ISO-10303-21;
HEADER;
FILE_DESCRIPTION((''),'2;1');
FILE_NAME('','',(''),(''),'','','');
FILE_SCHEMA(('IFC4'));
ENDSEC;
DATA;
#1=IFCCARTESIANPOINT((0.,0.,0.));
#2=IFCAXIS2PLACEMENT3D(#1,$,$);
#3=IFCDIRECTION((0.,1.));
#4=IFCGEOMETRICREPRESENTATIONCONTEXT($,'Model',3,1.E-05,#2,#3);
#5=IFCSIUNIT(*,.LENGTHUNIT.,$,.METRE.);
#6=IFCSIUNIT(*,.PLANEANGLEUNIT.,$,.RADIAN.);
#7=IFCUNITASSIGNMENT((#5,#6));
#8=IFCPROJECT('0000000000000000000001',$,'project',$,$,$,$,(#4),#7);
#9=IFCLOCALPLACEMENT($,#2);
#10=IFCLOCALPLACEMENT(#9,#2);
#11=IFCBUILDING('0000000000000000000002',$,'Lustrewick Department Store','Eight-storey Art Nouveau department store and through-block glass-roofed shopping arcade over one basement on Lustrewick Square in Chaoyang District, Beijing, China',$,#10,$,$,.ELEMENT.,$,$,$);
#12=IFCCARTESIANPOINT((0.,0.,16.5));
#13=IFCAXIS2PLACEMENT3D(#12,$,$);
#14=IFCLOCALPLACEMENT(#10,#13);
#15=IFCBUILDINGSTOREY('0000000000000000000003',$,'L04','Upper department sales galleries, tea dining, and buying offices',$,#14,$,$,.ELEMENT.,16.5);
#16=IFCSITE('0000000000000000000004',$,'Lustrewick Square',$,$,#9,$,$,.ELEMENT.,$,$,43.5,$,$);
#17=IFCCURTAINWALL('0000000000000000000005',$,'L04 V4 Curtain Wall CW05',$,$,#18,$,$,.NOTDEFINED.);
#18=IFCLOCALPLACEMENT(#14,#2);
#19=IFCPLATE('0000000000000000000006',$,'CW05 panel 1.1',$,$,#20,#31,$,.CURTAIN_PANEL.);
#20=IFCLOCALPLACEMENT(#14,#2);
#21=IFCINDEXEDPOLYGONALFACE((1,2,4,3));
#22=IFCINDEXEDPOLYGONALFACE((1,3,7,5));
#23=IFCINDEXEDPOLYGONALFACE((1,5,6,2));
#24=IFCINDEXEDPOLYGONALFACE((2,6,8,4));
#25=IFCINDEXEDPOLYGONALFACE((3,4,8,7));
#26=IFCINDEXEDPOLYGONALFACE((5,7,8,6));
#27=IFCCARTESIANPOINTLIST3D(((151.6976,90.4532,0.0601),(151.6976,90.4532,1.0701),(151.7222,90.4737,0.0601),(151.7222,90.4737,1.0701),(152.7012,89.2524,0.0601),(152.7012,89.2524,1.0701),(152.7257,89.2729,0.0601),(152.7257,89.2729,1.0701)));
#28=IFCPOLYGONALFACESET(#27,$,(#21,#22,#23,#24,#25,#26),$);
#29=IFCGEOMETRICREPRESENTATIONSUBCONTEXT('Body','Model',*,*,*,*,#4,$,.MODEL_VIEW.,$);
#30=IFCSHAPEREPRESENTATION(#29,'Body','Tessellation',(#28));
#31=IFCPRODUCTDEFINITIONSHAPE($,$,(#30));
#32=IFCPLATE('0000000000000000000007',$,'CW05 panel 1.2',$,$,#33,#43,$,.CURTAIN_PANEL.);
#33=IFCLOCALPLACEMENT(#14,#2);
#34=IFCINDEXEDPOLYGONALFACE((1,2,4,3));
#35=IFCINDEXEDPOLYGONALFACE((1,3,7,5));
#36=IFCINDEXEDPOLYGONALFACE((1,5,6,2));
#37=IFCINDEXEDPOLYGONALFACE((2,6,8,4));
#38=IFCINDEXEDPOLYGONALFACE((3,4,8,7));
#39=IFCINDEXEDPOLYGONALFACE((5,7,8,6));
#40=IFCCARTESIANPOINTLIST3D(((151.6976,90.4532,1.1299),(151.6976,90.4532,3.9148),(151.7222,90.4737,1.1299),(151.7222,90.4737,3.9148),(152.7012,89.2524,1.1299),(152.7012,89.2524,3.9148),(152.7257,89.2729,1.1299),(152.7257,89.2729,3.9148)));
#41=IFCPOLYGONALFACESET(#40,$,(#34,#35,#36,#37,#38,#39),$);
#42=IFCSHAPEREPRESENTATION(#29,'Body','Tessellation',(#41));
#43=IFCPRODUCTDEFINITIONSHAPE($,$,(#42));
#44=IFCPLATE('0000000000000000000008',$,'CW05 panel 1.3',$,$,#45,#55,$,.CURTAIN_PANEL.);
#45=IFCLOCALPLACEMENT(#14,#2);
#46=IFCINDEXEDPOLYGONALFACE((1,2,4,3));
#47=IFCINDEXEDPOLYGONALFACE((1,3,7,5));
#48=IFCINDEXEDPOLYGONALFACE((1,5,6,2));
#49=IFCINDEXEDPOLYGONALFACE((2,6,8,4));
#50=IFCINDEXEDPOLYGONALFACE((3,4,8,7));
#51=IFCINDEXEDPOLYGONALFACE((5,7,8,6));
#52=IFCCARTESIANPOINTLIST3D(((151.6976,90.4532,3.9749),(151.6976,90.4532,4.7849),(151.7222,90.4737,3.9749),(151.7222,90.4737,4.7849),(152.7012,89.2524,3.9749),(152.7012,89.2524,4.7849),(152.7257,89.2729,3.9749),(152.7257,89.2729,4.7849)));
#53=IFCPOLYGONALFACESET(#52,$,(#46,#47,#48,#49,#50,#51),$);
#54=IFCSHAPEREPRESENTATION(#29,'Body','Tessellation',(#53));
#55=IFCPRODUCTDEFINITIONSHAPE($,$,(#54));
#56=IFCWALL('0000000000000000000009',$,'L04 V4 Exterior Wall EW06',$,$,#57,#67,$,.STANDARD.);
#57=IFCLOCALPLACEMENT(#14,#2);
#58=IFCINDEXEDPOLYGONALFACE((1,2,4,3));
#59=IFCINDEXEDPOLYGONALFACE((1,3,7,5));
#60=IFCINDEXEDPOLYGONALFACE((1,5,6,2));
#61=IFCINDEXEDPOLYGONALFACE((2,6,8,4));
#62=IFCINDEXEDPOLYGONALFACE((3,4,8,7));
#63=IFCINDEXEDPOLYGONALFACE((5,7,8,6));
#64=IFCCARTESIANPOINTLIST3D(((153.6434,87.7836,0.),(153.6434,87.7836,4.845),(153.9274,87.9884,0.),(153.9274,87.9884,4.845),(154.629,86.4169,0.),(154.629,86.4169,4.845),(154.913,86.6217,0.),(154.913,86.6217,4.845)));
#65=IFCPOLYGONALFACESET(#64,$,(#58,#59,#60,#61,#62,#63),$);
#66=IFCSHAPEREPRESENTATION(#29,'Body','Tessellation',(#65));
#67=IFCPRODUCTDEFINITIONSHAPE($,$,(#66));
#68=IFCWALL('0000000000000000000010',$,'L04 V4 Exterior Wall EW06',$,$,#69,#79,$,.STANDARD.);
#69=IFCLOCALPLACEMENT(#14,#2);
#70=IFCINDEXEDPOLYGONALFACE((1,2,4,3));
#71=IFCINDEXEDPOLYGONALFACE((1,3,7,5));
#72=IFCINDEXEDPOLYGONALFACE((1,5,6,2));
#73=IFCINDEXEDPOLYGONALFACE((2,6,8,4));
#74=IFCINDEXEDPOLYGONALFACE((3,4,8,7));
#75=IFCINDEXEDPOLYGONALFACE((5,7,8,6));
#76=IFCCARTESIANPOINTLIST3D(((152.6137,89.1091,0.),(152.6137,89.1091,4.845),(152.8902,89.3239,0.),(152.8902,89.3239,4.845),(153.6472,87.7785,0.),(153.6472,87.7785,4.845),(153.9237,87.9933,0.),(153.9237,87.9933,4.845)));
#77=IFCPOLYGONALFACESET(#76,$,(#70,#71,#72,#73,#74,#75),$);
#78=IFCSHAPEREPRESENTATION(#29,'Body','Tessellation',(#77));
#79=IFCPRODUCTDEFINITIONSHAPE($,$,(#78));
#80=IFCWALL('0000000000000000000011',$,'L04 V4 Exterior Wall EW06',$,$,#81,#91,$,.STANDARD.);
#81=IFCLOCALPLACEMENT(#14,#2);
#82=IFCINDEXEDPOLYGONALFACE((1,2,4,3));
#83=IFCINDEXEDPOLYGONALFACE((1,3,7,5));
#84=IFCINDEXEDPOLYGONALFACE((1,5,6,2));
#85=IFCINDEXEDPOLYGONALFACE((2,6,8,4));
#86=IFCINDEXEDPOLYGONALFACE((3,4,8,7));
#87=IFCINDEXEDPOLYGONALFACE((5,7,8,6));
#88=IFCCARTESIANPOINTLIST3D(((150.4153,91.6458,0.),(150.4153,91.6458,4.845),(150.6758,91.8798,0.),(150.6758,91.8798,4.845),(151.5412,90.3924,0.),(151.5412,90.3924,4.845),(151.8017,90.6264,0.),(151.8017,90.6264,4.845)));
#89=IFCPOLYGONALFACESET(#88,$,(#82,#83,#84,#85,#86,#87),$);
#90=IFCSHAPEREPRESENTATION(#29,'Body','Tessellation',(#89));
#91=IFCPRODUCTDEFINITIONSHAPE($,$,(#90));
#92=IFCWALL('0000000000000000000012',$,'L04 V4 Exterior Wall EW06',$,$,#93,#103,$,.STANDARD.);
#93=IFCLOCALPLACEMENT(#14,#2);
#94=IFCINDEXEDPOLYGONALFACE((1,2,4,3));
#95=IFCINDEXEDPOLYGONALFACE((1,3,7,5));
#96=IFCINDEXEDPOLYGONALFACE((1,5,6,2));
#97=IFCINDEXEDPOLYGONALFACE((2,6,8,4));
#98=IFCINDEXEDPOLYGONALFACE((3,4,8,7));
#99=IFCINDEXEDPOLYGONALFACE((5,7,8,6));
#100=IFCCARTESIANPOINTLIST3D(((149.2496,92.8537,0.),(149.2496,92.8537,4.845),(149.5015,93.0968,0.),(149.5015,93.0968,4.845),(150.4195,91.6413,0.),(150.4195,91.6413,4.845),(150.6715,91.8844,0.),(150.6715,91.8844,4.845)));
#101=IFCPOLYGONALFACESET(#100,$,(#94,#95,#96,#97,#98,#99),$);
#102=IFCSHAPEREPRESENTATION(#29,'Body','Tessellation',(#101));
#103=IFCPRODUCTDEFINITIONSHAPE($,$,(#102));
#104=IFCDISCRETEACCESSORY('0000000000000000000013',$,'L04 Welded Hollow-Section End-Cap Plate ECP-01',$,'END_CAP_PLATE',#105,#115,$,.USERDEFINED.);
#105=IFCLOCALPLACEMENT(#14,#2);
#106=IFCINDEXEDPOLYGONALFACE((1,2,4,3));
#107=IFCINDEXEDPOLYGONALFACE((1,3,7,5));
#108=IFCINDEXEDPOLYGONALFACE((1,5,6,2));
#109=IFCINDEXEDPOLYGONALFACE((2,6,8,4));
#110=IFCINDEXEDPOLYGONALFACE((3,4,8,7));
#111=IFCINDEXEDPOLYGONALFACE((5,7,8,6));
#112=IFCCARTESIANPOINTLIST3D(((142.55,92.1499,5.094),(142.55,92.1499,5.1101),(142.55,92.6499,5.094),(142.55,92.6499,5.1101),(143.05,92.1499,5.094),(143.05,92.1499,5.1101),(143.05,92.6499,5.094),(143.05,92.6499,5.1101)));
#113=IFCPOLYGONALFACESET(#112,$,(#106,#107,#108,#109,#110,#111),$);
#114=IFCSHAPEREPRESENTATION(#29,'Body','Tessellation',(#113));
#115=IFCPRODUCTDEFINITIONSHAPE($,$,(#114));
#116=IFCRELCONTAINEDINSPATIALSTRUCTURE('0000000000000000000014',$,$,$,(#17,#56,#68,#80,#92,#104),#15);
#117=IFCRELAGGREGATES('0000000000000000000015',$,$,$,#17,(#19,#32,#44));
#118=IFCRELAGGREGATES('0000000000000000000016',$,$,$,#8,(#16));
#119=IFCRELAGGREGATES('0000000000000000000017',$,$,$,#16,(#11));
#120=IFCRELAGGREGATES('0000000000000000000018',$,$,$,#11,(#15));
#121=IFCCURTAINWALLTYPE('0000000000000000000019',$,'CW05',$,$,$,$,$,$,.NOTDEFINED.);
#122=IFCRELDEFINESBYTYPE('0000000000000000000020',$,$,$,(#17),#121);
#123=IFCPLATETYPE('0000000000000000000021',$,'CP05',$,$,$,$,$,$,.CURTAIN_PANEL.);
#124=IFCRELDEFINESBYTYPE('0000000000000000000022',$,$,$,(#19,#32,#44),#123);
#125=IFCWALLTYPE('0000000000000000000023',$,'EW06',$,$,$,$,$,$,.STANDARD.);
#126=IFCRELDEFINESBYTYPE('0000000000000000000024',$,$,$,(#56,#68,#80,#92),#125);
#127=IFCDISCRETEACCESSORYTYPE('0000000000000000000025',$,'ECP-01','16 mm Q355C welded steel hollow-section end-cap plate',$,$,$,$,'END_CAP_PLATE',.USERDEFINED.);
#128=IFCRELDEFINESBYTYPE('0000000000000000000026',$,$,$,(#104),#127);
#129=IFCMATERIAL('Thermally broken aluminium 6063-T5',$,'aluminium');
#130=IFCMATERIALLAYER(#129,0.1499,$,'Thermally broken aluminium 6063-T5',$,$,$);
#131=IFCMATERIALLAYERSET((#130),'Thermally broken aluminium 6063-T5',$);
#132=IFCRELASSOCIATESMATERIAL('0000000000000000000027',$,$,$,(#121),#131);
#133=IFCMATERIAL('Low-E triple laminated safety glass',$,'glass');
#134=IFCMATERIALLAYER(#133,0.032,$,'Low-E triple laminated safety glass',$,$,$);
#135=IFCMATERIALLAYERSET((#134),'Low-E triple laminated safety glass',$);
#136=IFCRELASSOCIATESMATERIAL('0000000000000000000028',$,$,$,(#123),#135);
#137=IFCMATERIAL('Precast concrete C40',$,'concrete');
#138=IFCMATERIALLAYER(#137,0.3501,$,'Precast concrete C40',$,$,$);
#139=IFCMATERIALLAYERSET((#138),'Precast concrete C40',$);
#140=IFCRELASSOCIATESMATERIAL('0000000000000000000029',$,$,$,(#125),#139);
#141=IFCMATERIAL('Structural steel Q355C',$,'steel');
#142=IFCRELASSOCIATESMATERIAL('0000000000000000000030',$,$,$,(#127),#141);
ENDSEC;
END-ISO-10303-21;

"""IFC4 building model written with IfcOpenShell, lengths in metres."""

from ifc_helpers import new_model, si_unit, direction, frame, frame_2d, origin, origin_2d, place, context, subcontext, project, spatial, rectangle, extrude, material, layer, layer_set, type_object, element, aggregate, save


model = new_model("IFC4")

# Units and contexts
model_context = context("Model", 3, precision=1e-05, world=origin(), true_north=direction((0.0, 1.0)))
body_context = subcontext(model_context, "Body", "Model", "MODEL_VIEW")
ifc_project = project(units=[si_unit("LENGTHUNIT", "METRE"), si_unit("PLANEANGLEUNIT", "RADIAN")], contexts=[model_context])

# Site, building, storey
site_placement = place(None, origin())
site = spatial("IfcSite", under=ifc_project, at=site_placement, Name="Lustrewick Square", CompositionType="ELEMENT", RefElevation=43.5)
building_placement = place(site_placement, origin())
building = spatial("IfcBuilding", under=site, at=building_placement, Name="Lustrewick Department Store", Description="Eight-storey Art Nouveau department store and through-block glass-roofed shopping arcade over one basement on Lustrewick Square in Chaoyang District, Beijing, China", CompositionType="ELEMENT")
storey_placement = place(building_placement, frame((0.0, 0.0, 16.5)))
storey = spatial("IfcBuildingStorey", under=building, at=storey_placement, Name="L04", Description="Upper department sales galleries, tea dining, and buying offices", CompositionType="ELEMENT", Elevation=16.5)

# Curtain wall
ifc_material_1 = material(Name="Thermally broken aluminium 6063-T5", Category="aluminium")
ifc_layer_1 = layer(ifc_material_1, 0.1499, Name="Thermally broken aluminium 6063-T5")
ifc_layer_set_1 = layer_set([ifc_layer_1], Name="Thermally broken aluminium 6063-T5")
curtain_wall_type_1 = type_object("IfcCurtainWallType", Name="CW05", PredefinedType="NOTDEFINED", material=ifc_layer_set_1)
curtain_wall_1_placement = place(storey_placement, origin())
curtain_wall_1 = element("IfcCurtainWall", 1, at=curtain_wall_1_placement, inside=storey, type_object=curtain_wall_type_1, Name="L04 V4 Curtain Wall CW05", PredefinedType="NOTDEFINED")

# Shared definitions
ifc_material_2 = material(Name="Structural steel Q355C", Category="steel")

# Plates
ifc_material_3 = material(Name="Low-E triple laminated safety glass", Category="glass")
ifc_layer_2 = layer(ifc_material_3, 0.032, Name="Low-E triple laminated safety glass")
ifc_layer_set_2 = layer_set([ifc_layer_2], Name="Low-E triple laminated safety glass")
plate_type_1 = type_object("IfcPlateType", Name="CP05", PredefinedType="CURTAIN_PANEL", material=ifc_layer_set_2)
plate_1_placement = place(storey_placement, frame((152.2117, 89.863, 0.0601), z_axis=(0.0, 0.0, 1.0), x_axis=(-0.641264, 0.767321, 0.0)))
plate_1 = element("IfcPlate", 2, at=plate_1_placement, type_object=plate_type_1, Name="CW05 panel 1.1", PredefinedType="CURTAIN_PANEL", context=body_context, shape_type="SweptSolid", body=[
    extrude(rectangle(XDim=1.5649, YDim=0.032, at=origin_2d()), origin(), (0.0, 0.0, 1.0), 1.01),
])
plate_2_placement = place(storey_placement, frame((152.2117, 89.863, 1.1299), z_axis=(0.0, 0.0, 1.0), x_axis=(-0.641264, 0.767321, 0.0)))
plate_2 = element("IfcPlate", 3, at=plate_2_placement, type_object=plate_type_1, Name="CW05 panel 1.2", PredefinedType="CURTAIN_PANEL", context=body_context, shape_type="SweptSolid", body=[
    extrude(rectangle(XDim=1.5649, YDim=0.032, at=origin_2d()), origin(), (0.0, 0.0, 1.0), 2.7849),
])
plate_3_placement = place(storey_placement, frame((152.2117, 89.863, 3.9749), z_axis=(0.0, 0.0, 1.0), x_axis=(-0.641264, 0.767321, 0.0)))
plate_3 = element("IfcPlate", 4, at=plate_3_placement, type_object=plate_type_1, Name="CW05 panel 1.3", PredefinedType="CURTAIN_PANEL", context=body_context, shape_type="SweptSolid", body=[
    extrude(rectangle(XDim=1.5649, YDim=0.032, at=origin_2d()), origin(), (0.0, 0.0, 1.0), 0.8101),
])
aggregate(curtain_wall_1, [plate_1, plate_2, plate_3])

# Walls
ifc_material_4 = material(Name="Precast concrete C40", Category="concrete")
ifc_layer_3 = layer(ifc_material_4, 0.3501, Name="Precast concrete C40")
ifc_layer_set_3 = layer_set([ifc_layer_3], Name="Precast concrete C40")
wall_type = type_object("IfcWallType", Name="EW06", PredefinedType="STANDARD", material=ifc_layer_set_3)
wall_placement = place(storey_placement, frame((154.771, 86.5193, 0.0), z_axis=(0.0, 0.0, 1.0), x_axis=(-0.584919, 0.811092, 0.0)))
element("IfcWall", 5, at=wall_placement, inside=storey, type_object=wall_type, Name="L04 V4 Exterior Wall EW06", PredefinedType="STANDARD", context=body_context, shape_type="SweptSolid", body=[
    extrude(rectangle(XDim=1.6851, YDim=0.3501, at=frame_2d((0.8425, 0.0))), origin(), (0.0, 0.0, 1.0), 4.845),
])
for number, where, z_axis, x_axis, name in (
    (6, (153.7854, 87.886, 0.0), (0.0, 0.0, 1.0), (-0.613409, 0.789766, 0.0), "L04 V4 Exterior Wall EW06"),
    (7, (151.6714, 90.5095, 0.0), (0.0, 0.0, 1.0), (-0.668276, 0.743913, 0.0), "L04 V4 Exterior Wall EW06"),
    (8, (150.5454, 91.7629, 0.0), (0.0, 0.0, 1.0), (-0.694388, 0.719601, 0.0), "L04 V4 Exterior Wall EW06"),
):
    element("IfcWall", number, at=place(storey_placement, frame(where, z_axis=z_axis, x_axis=x_axis)), inside=storey, type_object=wall_type, Name=name, PredefinedType="STANDARD", context=body_context, shape_type="SweptSolid", body=[
        extrude(rectangle(XDim=1.6848, YDim=0.3501, at=frame_2d((0.8423, 0.0))), origin(), (0.0, 0.0, 1.0), 4.845),
    ])

# Discrete accessory
discrete_accessory_type = type_object("IfcDiscreteAccessoryType", Name="ECP-01", Description="16 mm Q355C welded steel hollow-section end-cap plate", ElementType="END_CAP_PLATE", PredefinedType="USERDEFINED", material=ifc_material_2)
discrete_accessory_placement = place(storey_placement, frame((142.8, 92.3999, 5.094), z_axis=(0.0, 0.0, 1.0), x_axis=(1.0, 0.0, 0.0)))
element("IfcDiscreteAccessory", 9, at=discrete_accessory_placement, inside=storey, type_object=discrete_accessory_type, Name="L04 Welded Hollow-Section End-Cap Plate ECP-01", ObjectType="END_CAP_PLATE", PredefinedType="USERDEFINED", context=body_context, shape_type="SweptSolid", body=[
    extrude(rectangle(XDim=0.5, YDim=0.5, at=origin_2d()), origin(), (0.0, 0.0, 1.0), 0.0161),
])

save(model, "model.ifc")
